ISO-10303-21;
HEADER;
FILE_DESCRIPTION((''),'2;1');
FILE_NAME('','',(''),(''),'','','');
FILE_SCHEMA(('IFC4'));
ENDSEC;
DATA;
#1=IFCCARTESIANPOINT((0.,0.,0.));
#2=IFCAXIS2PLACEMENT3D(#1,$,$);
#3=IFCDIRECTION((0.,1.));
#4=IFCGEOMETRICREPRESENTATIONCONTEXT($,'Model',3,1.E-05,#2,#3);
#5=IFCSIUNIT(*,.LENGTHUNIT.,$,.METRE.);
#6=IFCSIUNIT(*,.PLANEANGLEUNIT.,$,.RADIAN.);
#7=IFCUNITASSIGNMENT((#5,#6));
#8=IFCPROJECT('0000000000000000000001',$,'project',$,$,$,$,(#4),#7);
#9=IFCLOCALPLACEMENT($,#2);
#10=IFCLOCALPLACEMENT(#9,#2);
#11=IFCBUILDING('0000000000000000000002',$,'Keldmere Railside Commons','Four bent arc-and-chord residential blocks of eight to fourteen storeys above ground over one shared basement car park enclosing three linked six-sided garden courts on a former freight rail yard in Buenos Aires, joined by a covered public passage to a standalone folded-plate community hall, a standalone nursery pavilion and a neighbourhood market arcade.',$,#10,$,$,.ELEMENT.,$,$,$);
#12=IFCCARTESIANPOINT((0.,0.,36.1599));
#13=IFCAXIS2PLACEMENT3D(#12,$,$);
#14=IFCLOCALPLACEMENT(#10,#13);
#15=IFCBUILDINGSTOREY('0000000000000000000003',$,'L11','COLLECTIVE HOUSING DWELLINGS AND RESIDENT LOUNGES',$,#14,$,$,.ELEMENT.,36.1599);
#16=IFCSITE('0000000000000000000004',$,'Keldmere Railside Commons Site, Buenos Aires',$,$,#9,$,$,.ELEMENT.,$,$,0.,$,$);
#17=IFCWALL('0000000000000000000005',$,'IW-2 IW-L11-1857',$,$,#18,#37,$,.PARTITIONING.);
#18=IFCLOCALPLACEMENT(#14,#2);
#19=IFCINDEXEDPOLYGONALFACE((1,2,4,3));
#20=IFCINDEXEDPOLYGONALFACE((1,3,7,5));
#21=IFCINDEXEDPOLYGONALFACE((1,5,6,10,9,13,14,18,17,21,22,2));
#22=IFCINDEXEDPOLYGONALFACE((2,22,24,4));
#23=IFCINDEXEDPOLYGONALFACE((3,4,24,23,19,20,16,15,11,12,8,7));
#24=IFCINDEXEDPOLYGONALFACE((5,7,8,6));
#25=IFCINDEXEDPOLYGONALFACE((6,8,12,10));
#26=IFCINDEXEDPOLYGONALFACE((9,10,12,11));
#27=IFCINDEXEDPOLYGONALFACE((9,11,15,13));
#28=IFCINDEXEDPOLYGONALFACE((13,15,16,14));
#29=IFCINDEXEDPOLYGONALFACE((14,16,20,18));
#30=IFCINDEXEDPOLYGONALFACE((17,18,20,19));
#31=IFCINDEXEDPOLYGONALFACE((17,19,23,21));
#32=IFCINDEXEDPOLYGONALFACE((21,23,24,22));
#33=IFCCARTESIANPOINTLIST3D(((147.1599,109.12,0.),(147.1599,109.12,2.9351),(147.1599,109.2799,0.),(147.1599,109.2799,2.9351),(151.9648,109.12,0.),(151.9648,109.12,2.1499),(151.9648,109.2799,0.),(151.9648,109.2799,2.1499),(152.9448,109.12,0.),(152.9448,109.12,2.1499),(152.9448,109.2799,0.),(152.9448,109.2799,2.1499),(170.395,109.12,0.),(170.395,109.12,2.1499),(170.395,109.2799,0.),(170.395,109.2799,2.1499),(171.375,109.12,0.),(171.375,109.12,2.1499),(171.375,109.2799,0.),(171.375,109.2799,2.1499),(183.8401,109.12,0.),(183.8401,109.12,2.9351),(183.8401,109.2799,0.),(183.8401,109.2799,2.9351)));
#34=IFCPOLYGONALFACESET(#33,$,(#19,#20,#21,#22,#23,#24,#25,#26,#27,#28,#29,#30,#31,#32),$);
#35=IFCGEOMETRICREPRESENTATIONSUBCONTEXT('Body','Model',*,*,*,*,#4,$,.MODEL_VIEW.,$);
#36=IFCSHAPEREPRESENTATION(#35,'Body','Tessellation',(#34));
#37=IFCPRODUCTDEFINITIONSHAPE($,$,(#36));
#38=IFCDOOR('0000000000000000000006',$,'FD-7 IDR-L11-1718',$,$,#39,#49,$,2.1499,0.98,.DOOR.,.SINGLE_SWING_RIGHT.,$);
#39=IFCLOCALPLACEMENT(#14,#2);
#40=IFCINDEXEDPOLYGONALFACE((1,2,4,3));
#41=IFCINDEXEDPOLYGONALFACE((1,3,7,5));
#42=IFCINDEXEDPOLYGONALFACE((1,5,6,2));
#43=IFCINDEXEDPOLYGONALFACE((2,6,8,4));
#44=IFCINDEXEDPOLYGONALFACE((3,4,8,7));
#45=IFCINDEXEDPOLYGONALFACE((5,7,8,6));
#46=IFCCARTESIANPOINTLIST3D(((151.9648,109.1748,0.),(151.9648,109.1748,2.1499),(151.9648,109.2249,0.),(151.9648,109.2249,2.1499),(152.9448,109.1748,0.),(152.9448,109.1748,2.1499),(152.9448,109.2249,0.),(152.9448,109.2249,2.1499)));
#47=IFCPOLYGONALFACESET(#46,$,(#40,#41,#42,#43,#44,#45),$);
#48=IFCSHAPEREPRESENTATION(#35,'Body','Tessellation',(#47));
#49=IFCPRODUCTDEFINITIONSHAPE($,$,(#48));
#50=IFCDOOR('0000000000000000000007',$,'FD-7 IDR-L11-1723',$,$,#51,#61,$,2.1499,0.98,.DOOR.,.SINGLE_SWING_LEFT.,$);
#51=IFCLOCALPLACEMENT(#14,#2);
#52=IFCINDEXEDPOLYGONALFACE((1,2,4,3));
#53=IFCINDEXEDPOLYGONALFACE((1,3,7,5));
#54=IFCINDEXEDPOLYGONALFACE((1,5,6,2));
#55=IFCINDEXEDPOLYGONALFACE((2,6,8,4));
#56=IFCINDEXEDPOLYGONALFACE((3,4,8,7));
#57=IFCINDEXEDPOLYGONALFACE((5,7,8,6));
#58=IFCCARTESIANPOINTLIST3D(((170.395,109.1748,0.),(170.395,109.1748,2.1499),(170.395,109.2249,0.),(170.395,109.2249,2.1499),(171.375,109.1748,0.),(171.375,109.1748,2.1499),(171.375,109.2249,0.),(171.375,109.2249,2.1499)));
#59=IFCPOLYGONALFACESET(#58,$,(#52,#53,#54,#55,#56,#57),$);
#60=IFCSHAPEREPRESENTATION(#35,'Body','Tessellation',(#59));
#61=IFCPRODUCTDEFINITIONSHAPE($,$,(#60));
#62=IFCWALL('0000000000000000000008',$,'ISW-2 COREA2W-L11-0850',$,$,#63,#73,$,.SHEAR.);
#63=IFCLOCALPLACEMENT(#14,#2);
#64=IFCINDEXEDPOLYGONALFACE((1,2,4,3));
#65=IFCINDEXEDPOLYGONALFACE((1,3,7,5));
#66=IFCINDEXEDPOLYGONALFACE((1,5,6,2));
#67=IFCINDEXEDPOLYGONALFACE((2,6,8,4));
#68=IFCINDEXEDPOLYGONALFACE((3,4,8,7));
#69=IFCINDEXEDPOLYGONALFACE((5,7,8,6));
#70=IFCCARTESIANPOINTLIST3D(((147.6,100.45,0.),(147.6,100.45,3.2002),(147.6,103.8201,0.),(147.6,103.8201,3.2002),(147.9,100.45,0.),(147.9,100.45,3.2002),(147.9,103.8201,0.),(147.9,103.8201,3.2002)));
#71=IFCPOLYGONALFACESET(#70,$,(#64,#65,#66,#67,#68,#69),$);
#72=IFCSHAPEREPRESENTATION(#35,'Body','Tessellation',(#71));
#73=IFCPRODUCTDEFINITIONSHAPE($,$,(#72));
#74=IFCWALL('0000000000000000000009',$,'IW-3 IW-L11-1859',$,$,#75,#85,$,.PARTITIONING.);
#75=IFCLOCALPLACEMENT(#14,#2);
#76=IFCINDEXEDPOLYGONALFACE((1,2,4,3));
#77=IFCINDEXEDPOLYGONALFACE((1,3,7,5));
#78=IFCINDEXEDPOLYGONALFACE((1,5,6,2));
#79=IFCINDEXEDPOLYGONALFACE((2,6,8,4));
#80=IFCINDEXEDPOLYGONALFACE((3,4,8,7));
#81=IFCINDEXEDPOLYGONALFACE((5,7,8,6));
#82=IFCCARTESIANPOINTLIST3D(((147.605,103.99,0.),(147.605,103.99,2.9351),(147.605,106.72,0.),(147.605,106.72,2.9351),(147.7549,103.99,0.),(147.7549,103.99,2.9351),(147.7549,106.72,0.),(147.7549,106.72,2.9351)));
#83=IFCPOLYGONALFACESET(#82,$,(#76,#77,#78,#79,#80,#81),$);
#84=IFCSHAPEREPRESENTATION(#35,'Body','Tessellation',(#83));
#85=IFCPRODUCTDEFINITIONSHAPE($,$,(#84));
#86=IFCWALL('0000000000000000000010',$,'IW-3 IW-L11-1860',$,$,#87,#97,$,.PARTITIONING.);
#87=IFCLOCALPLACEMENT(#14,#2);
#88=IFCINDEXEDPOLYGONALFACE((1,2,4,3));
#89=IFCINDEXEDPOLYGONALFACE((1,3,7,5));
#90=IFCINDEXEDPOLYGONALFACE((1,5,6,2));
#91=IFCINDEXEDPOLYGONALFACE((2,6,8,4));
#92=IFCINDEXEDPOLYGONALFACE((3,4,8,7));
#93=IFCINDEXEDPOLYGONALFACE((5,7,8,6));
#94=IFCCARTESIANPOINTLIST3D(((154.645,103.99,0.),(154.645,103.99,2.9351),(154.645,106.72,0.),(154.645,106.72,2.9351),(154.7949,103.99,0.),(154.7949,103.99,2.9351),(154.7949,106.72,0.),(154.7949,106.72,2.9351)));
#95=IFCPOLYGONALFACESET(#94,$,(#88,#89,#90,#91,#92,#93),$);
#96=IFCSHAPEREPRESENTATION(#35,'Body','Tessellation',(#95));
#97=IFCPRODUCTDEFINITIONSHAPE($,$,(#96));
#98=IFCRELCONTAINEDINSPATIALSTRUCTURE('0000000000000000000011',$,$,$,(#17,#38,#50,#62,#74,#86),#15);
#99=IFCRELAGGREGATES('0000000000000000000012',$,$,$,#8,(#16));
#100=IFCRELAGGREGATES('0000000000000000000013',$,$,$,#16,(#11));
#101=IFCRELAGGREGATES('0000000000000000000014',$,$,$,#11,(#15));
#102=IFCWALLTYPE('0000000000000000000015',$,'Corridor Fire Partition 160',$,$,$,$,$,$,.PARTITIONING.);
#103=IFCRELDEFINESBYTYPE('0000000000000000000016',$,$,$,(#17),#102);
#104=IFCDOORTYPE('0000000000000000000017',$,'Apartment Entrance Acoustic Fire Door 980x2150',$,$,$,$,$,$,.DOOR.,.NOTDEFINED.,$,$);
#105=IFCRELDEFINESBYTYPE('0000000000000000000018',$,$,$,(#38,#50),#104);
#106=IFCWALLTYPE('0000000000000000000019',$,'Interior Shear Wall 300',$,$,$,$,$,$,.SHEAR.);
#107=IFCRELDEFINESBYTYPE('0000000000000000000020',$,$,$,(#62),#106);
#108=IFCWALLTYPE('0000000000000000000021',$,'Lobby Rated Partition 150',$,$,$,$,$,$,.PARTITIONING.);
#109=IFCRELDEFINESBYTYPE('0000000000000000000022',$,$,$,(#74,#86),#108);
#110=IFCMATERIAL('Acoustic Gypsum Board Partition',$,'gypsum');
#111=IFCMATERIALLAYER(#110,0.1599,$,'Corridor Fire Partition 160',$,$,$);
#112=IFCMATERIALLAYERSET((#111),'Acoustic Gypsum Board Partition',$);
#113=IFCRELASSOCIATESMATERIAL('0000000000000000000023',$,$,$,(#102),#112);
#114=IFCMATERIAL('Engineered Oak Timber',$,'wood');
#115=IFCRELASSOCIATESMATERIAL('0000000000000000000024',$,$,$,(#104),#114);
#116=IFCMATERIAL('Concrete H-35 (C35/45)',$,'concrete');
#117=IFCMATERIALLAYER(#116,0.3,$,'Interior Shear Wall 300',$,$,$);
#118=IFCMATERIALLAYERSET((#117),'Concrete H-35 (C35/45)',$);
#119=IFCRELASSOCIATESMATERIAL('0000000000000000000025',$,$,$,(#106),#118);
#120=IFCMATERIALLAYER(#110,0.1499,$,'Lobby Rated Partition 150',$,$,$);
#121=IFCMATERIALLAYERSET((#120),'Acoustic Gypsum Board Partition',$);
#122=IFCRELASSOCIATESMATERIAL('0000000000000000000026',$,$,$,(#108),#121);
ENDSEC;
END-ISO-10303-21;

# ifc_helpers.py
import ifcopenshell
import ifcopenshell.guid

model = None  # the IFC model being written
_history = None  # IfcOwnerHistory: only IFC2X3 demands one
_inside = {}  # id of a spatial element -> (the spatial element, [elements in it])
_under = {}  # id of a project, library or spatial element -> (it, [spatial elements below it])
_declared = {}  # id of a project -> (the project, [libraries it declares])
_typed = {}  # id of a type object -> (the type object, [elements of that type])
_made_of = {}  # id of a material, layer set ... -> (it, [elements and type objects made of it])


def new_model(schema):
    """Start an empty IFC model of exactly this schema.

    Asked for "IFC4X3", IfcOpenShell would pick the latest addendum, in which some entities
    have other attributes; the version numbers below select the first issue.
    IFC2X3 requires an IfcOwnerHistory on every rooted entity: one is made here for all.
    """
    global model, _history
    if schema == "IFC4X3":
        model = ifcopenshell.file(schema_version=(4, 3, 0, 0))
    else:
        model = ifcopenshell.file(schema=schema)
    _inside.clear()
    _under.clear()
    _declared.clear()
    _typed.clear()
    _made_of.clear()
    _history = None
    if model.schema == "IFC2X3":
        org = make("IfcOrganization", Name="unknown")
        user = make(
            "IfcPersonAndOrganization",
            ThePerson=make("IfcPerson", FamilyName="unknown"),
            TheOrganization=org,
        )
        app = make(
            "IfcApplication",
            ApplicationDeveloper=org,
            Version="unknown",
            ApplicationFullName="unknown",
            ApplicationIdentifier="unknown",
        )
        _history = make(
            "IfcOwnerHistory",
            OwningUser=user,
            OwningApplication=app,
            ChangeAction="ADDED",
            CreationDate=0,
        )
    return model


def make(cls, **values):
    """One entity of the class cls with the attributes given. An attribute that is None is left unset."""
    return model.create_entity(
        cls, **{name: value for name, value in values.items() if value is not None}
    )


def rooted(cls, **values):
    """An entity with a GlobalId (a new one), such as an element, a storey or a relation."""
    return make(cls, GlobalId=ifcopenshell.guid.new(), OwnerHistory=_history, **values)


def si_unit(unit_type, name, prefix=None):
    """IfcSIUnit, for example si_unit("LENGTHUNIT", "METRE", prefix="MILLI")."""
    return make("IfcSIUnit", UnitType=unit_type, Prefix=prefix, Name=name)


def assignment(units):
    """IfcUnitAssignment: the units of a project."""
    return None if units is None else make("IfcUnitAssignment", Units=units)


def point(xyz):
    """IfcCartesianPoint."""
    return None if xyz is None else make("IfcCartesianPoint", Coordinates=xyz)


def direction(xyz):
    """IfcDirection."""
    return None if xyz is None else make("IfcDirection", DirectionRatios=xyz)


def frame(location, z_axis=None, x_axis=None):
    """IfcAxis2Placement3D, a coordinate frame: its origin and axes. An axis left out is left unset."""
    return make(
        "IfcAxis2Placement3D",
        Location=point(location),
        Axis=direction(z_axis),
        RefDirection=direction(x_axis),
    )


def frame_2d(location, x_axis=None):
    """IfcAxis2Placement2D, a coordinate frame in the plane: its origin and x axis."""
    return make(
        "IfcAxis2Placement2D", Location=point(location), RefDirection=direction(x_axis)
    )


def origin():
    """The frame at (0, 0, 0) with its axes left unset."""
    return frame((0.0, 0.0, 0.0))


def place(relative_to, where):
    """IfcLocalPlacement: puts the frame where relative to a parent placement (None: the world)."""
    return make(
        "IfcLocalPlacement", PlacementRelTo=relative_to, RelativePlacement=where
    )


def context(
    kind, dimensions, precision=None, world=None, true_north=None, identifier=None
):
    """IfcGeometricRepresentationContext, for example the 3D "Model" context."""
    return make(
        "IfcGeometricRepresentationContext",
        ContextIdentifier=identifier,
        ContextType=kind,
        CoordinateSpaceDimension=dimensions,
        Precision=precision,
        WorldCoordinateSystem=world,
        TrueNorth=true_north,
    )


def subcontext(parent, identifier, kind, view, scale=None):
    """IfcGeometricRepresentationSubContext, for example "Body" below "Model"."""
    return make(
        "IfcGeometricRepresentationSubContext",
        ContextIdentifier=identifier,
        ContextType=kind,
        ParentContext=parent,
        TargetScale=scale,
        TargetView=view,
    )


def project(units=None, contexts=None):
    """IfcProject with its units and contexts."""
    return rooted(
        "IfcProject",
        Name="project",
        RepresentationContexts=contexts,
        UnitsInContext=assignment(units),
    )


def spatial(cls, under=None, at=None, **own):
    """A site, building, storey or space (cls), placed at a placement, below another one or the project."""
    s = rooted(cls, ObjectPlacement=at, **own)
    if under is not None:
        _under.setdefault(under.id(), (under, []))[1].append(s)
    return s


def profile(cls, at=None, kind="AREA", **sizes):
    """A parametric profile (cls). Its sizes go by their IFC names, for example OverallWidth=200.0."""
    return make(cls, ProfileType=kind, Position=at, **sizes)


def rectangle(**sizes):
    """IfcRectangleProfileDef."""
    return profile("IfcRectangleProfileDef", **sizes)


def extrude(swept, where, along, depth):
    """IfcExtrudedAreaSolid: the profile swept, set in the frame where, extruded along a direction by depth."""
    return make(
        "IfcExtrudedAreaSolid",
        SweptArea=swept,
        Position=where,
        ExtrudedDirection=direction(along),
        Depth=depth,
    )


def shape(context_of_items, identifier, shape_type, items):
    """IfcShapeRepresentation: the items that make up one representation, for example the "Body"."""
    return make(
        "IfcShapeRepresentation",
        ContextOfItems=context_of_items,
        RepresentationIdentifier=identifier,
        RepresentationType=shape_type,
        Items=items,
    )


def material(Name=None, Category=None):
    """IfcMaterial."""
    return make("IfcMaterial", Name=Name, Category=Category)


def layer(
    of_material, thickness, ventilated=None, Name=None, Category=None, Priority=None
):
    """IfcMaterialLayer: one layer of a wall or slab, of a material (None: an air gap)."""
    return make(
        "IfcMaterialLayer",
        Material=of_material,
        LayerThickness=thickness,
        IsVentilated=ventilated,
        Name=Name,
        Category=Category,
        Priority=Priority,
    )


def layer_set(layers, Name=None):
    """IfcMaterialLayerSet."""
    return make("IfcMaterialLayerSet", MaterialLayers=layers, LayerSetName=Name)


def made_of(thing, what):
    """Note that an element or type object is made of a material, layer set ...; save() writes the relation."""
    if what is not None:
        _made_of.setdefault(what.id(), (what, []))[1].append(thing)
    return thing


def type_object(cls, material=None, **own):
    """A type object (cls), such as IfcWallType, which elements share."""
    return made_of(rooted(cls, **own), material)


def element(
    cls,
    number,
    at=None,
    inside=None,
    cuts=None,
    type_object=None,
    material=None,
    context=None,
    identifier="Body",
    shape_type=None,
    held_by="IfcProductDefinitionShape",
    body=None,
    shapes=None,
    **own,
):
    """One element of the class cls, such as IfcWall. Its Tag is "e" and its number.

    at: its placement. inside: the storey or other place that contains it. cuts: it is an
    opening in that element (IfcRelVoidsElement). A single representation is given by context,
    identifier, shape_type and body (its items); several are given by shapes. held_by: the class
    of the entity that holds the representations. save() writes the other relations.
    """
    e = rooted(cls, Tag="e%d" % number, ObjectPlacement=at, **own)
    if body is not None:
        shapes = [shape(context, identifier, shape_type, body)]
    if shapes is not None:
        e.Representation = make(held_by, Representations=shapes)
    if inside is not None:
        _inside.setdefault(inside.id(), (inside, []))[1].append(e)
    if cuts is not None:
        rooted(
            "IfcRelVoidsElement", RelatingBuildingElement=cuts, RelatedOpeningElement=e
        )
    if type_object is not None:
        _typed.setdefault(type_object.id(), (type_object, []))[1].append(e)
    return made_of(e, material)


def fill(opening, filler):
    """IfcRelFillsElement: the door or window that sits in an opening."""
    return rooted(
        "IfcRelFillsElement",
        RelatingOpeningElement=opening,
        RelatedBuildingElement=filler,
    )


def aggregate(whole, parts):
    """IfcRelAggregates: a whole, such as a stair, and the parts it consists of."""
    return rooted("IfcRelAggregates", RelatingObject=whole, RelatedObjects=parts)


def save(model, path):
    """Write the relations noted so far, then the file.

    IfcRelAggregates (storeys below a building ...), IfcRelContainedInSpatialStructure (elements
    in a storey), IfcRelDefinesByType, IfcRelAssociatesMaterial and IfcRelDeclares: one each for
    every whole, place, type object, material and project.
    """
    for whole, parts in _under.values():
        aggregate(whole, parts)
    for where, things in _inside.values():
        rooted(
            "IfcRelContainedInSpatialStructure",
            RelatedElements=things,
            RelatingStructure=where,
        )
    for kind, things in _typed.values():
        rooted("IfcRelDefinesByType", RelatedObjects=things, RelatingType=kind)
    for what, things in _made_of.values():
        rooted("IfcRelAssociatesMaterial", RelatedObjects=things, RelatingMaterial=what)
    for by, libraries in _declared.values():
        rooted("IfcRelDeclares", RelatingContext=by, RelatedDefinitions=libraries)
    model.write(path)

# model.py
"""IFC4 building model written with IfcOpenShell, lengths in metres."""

from ifc_helpers import new_model, si_unit, direction, frame, frame_2d, origin, place, context, subcontext, project, spatial, rectangle, extrude, material, layer, layer_set, type_object, element, fill, save


model = new_model("IFC4")

# Units and contexts
model_context = context("Model", 3, precision=1e-05, world=origin(), true_north=direction((0.0, 1.0)))
body_context = subcontext(model_context, "Body", "Model", "MODEL_VIEW")
ifc_project = project(units=[si_unit("LENGTHUNIT", "METRE"), si_unit("PLANEANGLEUNIT", "RADIAN")], contexts=[model_context])

# Site, building, storey
site_placement = place(None, origin())
site = spatial("IfcSite", under=ifc_project, at=site_placement, Name="Keldmere Railside Commons Site, Buenos Aires", CompositionType="ELEMENT", RefElevation=0.0)
building_placement = place(site_placement, origin())
building = spatial("IfcBuilding", under=site, at=building_placement, Name="Keldmere Railside Commons", Description="Four bent arc-and-chord residential blocks of eight to fourteen storeys above ground over one shared basement car park enclosing three linked six-sided garden courts on a former freight rail yard in Buenos Aires, joined by a covered public passage to a standalone folded-plate community hall, a standalone nursery pavilion and a neighbourhood market arcade.", CompositionType="ELEMENT")
storey_placement = place(building_placement, frame((0.0, 0.0, 36.1599)))
storey = spatial("IfcBuildingStorey", under=building, at=storey_placement, Name="L11", Description="COLLECTIVE HOUSING DWELLINGS AND RESIDENT LOUNGES", CompositionType="ELEMENT", Elevation=36.1599)

# Shared definitions
ifc_material_1 = material(Name="Concrete H-35 (C35/45)", Category="concrete")

# Shared definitions
ifc_material_2 = material(Name="Acoustic Gypsum Board Partition", Category="gypsum")
ifc_material_3 = material(Name="Engineered Oak Timber", Category="wood")

# Wall, openings, doors
ifc_layer_1 = layer(ifc_material_2, 0.1599, Name="Corridor Fire Partition 160")
ifc_layer_set_1 = layer_set([ifc_layer_1], Name="Acoustic Gypsum Board Partition")
wall_type_1 = type_object("IfcWallType", Name="Corridor Fire Partition 160", PredefinedType="PARTITIONING", material=ifc_layer_set_1)
door_type_1 = type_object("IfcDoorType", Name="Apartment Entrance Acoustic Fire Door 980x2150", OperationType="NOTDEFINED", PredefinedType="DOOR", material=ifc_material_3)
wall_1_placement = place(storey_placement, frame((147.1599, 109.2, 0.0), z_axis=(0.0, 0.0, 1.0), x_axis=(1.0, 0.0, 0.0)))
wall_1 = element("IfcWall", 1, at=wall_1_placement, inside=storey, type_object=wall_type_1, Name="IW-2 IW-L11-1857", PredefinedType="PARTITIONING", context=body_context, shape_type="SweptSolid", body=[
    extrude(rectangle(XDim=36.6802, YDim=0.1599, at=frame_2d((18.3401, 0.0))), origin(), (0.0, 0.0, 1.0), 2.9351),
])
opening_1_placement = place(wall_1_placement, frame((4.8049, 0.0, 0.0)))
opening_1 = element("IfcOpeningElement", 2, at=opening_1_placement, cuts=wall_1, PredefinedType="OPENING", context=body_context, shape_type="SweptSolid", body=[
    extrude(rectangle(XDim=0.98, YDim=2.1499, at=frame_2d((0.49, 1.075))), frame((0.0, 0.0898, 0.0), z_axis=(0.0, -1.0, 0.0), x_axis=(1.0, 0.0, 0.0)), (0.0, 0.0, 1.0), 0.1799),
])
opening_2_placement = place(wall_1_placement, frame((23.2351, 0.0, 0.0)))
opening_2 = element("IfcOpeningElement", 3, at=opening_2_placement, cuts=wall_1, PredefinedType="OPENING", context=body_context, shape_type="SweptSolid", body=[
    extrude(rectangle(XDim=0.98, YDim=2.1499, at=frame_2d((0.49, 1.075))), frame((0.0, 0.0898, 0.0), z_axis=(0.0, -1.0, 0.0), x_axis=(1.0, 0.0, 0.0)), (0.0, 0.0, 1.0), 0.1799),
])
door_1_placement = place(opening_1_placement, origin())
door_1 = element("IfcDoor", 4, at=door_1_placement, inside=storey, type_object=door_type_1, Name="FD-7 IDR-L11-1718", OperationType="SINGLE_SWING_RIGHT", OverallHeight=2.1499, OverallWidth=0.98, PredefinedType="DOOR", context=body_context, shape_type="SweptSolid", body=[
    extrude(rectangle(XDim=0.98, YDim=2.1499, at=frame_2d((0.49, 1.075))), frame((0.0, 0.0249, 0.0), z_axis=(0.0, -1.0, 0.0), x_axis=(1.0, 0.0, 0.0)), (0.0, 0.0, 1.0), 0.05),
])
fill(opening_1, door_1)
door_2_placement = place(opening_2_placement, origin())
door_2 = element("IfcDoor", 5, at=door_2_placement, inside=storey, type_object=door_type_1, Name="FD-7 IDR-L11-1723", OperationType="SINGLE_SWING_LEFT", OverallHeight=2.1499, OverallWidth=0.98, PredefinedType="DOOR", context=body_context, shape_type="SweptSolid", body=[
    extrude(rectangle(XDim=0.98, YDim=2.1499, at=frame_2d((0.49, 1.075))), frame((0.0, 0.0249, 0.0), z_axis=(0.0, -1.0, 0.0), x_axis=(1.0, 0.0, 0.0)), (0.0, 0.0, 1.0), 0.05),
])
fill(opening_2, door_2)

# Wall
ifc_layer_2 = layer(ifc_material_1, 0.3, Name="Interior Shear Wall 300")
ifc_layer_set_2 = layer_set([ifc_layer_2], Name="Concrete H-35 (C35/45)")
wall_type_2 = type_object("IfcWallType", Name="Interior Shear Wall 300", PredefinedType="SHEAR", material=ifc_layer_set_2)
wall_2_placement = place(storey_placement, frame((147.75, 103.8201, 0.0), z_axis=(0.0, 0.0, 1.0), x_axis=(0.0, -1.0, 0.0)))
element("IfcWall", 6, at=wall_2_placement, inside=storey, type_object=wall_type_2, Name="ISW-2 COREA2W-L11-0850", PredefinedType="SHEAR", context=body_context, shape_type="SweptSolid", body=[
    extrude(rectangle(XDim=3.3701, YDim=0.3, at=frame_2d((1.6851, 0.0))), origin(), (0.0, 0.0, 1.0), 3.2002),
])

# Walls
ifc_layer_3 = layer(ifc_material_2, 0.1499, Name="Lobby Rated Partition 150")
ifc_layer_set_3 = layer_set([ifc_layer_3], Name="Acoustic Gypsum Board Partition")
wall_type_3 = type_object("IfcWallType", Name="Lobby Rated Partition 150", PredefinedType="PARTITIONING", material=ifc_layer_set_3)
for number, where, z_axis, x_axis, name in (
    (7, (147.6799, 103.99, 0.0), (0.0, 0.0, 1.0), (0.0, 1.0, 0.0), "IW-3 IW-L11-1859"),
    (8, (154.72, 103.99, 0.0), (0.0, 0.0, 1.0), (0.0, 1.0, 0.0), "IW-3 IW-L11-1860"),
):
    element("IfcWall", number, at=place(storey_placement, frame(where, z_axis=z_axis, x_axis=x_axis)), inside=storey, type_object=wall_type_3, Name=name, PredefinedType="PARTITIONING", context=body_context, shape_type="SweptSolid", body=[
        extrude(rectangle(XDim=2.73, YDim=0.1499, at=frame_2d((1.365, 0.0))), origin(), (0.0, 0.0, 1.0), 2.9351),
    ])

save(model, "model.ifc")
